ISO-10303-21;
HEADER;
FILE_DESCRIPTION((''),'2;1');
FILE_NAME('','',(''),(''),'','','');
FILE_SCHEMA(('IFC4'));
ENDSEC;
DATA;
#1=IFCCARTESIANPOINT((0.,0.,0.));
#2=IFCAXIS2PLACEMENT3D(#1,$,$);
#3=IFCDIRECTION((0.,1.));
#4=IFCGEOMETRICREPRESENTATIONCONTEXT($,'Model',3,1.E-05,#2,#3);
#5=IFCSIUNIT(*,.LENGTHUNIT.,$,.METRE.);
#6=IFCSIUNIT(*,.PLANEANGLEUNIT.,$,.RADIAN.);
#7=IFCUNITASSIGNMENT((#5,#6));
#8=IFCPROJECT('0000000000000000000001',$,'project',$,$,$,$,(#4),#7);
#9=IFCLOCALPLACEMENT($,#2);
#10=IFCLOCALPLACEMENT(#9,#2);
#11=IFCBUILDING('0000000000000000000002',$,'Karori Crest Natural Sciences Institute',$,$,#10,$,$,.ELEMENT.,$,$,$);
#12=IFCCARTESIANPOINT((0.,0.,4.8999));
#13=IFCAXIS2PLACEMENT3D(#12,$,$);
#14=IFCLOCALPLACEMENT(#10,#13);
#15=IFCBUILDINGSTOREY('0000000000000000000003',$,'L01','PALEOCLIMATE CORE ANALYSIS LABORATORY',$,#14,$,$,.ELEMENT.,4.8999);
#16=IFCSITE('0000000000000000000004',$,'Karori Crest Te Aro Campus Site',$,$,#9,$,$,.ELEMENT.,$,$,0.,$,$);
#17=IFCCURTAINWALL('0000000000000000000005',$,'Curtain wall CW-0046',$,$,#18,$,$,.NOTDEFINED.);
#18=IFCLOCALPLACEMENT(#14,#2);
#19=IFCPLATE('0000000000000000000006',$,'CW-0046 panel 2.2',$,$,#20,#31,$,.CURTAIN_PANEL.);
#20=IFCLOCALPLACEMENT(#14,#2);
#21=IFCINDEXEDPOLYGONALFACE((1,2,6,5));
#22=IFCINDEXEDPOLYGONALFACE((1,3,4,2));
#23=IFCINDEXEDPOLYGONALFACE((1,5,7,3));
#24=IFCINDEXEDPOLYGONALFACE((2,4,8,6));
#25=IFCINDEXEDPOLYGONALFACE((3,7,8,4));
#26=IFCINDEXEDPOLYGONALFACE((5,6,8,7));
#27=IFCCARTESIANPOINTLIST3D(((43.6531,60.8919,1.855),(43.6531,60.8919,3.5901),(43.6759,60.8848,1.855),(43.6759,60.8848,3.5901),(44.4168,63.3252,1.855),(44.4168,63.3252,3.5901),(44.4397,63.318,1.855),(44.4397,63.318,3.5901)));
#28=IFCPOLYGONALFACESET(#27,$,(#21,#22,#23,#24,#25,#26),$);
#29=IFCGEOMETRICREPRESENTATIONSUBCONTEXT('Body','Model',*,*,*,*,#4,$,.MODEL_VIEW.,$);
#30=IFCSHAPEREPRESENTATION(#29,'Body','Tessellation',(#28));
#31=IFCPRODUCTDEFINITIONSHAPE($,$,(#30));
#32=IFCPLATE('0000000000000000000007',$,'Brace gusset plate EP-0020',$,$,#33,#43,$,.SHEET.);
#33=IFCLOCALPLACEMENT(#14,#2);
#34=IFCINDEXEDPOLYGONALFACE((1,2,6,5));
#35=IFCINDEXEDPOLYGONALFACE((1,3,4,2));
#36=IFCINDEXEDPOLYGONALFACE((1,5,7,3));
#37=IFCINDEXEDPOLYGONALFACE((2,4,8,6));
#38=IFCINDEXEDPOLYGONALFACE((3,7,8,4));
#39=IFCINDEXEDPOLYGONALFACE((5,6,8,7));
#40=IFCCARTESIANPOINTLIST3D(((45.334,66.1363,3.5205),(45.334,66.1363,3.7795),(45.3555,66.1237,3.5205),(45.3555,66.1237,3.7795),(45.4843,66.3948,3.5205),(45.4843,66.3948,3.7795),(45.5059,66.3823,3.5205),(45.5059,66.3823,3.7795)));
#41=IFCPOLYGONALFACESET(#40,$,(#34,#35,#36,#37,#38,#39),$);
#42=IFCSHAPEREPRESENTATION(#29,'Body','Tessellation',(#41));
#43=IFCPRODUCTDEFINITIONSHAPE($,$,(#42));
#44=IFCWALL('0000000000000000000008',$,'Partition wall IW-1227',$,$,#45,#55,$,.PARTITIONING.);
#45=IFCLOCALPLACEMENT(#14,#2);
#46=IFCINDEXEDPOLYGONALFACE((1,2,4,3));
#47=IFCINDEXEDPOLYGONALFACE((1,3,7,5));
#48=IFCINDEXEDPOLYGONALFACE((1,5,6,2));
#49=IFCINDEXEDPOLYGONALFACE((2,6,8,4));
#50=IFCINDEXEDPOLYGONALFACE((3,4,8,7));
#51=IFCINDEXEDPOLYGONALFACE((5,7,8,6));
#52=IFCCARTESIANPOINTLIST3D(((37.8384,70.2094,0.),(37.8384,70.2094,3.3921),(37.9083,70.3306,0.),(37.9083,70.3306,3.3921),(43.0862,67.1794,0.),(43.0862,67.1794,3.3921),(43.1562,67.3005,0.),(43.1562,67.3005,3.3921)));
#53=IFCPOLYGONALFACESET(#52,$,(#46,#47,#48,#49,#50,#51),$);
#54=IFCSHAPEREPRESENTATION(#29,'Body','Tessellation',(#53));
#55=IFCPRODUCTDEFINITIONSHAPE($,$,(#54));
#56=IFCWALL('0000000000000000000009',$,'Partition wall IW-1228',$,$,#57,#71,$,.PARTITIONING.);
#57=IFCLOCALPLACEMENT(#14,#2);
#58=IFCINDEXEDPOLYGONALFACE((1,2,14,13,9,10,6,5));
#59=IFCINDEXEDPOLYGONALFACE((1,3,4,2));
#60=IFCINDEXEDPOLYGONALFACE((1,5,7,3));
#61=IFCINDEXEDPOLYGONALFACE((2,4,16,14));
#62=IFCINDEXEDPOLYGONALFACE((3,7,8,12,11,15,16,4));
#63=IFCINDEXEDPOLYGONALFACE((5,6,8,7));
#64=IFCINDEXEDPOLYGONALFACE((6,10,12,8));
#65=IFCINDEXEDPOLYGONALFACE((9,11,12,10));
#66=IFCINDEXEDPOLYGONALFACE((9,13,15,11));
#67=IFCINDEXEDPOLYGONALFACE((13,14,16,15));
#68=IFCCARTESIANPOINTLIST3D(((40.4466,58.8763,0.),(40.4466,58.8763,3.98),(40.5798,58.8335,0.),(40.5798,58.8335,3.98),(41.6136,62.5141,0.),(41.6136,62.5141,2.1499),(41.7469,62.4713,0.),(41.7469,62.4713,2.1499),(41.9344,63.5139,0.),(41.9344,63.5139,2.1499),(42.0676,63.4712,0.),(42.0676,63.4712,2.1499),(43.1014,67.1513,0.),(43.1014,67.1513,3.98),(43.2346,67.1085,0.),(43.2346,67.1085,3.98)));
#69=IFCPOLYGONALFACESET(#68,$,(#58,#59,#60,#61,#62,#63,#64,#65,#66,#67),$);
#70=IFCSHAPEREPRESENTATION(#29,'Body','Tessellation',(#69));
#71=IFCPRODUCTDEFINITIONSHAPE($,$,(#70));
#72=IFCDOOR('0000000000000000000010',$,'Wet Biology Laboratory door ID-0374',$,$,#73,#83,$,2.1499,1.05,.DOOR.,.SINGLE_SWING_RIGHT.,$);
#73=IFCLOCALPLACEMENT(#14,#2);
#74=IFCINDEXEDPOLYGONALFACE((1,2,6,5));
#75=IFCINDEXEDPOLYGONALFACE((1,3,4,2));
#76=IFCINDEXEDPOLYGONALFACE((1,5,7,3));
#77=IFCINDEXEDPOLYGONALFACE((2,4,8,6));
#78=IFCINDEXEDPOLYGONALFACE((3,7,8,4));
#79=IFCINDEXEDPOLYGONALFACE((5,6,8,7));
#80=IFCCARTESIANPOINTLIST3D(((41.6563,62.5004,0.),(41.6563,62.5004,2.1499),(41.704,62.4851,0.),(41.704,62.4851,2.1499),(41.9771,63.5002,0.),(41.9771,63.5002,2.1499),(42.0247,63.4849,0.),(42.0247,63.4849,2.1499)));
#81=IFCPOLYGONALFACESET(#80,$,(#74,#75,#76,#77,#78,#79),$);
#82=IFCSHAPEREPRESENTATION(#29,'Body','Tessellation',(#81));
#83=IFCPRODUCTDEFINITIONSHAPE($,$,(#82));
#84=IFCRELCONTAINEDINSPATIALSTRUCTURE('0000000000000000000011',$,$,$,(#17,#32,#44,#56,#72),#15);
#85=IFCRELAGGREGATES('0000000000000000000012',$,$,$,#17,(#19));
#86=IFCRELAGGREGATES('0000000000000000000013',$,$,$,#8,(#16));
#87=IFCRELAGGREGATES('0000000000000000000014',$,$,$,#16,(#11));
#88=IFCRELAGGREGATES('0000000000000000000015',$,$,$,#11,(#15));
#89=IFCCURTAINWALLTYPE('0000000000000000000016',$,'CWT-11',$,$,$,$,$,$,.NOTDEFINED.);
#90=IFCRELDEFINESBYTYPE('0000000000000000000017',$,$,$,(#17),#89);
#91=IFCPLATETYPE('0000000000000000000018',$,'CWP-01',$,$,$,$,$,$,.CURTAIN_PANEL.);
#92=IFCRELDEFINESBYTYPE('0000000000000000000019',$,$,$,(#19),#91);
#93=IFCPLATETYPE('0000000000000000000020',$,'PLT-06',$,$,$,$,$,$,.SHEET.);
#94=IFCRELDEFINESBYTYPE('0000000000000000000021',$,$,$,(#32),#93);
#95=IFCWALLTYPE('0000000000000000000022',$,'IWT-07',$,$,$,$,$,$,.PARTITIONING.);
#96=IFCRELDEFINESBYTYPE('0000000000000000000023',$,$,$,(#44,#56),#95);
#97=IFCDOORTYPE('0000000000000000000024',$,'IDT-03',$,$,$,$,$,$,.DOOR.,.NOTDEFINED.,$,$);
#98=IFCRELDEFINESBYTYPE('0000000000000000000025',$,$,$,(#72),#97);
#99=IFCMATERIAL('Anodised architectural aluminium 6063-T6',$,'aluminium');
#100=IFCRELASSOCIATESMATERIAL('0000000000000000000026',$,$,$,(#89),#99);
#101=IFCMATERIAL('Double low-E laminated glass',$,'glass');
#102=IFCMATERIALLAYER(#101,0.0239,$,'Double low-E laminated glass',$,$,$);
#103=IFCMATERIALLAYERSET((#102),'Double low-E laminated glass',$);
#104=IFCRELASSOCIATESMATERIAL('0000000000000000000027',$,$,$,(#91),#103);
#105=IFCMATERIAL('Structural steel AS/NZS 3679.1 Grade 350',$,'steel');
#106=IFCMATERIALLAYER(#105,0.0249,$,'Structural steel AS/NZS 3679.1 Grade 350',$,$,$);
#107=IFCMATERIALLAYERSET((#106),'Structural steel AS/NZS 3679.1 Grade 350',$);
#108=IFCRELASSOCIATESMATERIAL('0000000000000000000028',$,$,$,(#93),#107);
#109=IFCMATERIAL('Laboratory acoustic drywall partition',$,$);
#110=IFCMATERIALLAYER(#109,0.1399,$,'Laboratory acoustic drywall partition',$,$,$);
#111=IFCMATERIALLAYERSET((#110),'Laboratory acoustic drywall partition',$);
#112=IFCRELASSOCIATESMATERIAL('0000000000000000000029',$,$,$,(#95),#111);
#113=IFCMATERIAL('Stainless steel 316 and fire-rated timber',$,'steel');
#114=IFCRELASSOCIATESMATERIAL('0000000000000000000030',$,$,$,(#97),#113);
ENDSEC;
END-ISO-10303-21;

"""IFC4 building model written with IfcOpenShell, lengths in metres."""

from ifc_helpers import new_model, si_unit, direction, frame, frame_2d, origin, origin_2d, place, context, subcontext, project, spatial, rectangle, extrude, material, layer, layer_set, type_object, element, fill, aggregate, save


model = new_model("IFC4")

# Units and contexts
model_context = context("Model", 3, precision=1e-05, world=origin(), true_north=direction((0.0, 1.0)))
body_context = subcontext(model_context, "Body", "Model", "MODEL_VIEW")
ifc_project = project(units=[si_unit("LENGTHUNIT", "METRE"), si_unit("PLANEANGLEUNIT", "RADIAN")], contexts=[model_context])

# Site, building, storey
site_placement = place(None, origin())
site = spatial("IfcSite", under=ifc_project, at=site_placement, Name="Karori Crest Te Aro Campus Site", CompositionType="ELEMENT", RefElevation=0.0)
building_placement = place(site_placement, origin())
building = spatial("IfcBuilding", under=site, at=building_placement, Name="Karori Crest Natural Sciences Institute", CompositionType="ELEMENT")
storey_placement = place(building_placement, frame((0.0, 0.0, 4.8999)))
storey = spatial("IfcBuildingStorey", under=building, at=storey_placement, Name="L01", Description="PALEOCLIMATE CORE ANALYSIS LABORATORY", CompositionType="ELEMENT", Elevation=4.8999)

# Shared definitions
ifc_material_1 = material(Name="Structural steel AS/NZS 3679.1 Grade 350", Category="steel")

# Curtain wall, plate
ifc_material_2 = material(Name="Anodised architectural aluminium 6063-T6", Category="aluminium")
curtain_wall_type = type_object("IfcCurtainWallType", Name="CWT-11", PredefinedType="NOTDEFINED", material=ifc_material_2)
curtain_wall_placement = place(storey_placement, origin())
curtain_wall = element("IfcCurtainWall", 1, at=curtain_wall_placement, inside=storey, type_object=curtain_wall_type, Name="Curtain wall CW-0046", PredefinedType="NOTDEFINED")
ifc_material_3 = material(Name="Double low-E laminated glass", Category="glass")
ifc_layer_1 = layer(ifc_material_3, 0.0239, Name="Double low-E laminated glass")
ifc_layer_set_1 = layer_set([ifc_layer_1], Name="Double low-E laminated glass")
plate_type_1 = type_object("IfcPlateType", Name="CWP-01", PredefinedType="CURTAIN_PANEL", material=ifc_layer_set_1)
plate_1_placement = place(storey_placement, frame((44.0464, 62.105, 1.855), z_axis=(0.0, 0.0, 1.0), x_axis=(-0.299477, -0.954104, 0.0)))
plate_1 = element("IfcPlate", 2, at=plate_1_placement, type_object=plate_type_1, Name="CW-0046 panel 2.2", PredefinedType="CURTAIN_PANEL", context=body_context, shape_type="SweptSolid", body=[
    extrude(rectangle(XDim=2.5503, YDim=0.0239, at=origin_2d()), origin(), (0.0, 0.0, 1.0), 1.7351),
])
aggregate(curtain_wall, [plate_1])

# Plate
ifc_layer_2 = layer(ifc_material_1, 0.0249, Name="Structural steel AS/NZS 3679.1 Grade 350")
ifc_layer_set_2 = layer_set([ifc_layer_2], Name="Structural steel AS/NZS 3679.1 Grade 350")
plate_type_2 = type_object("IfcPlateType", Name="PLT-06", PredefinedType="SHEET", material=ifc_layer_set_2)
plate_2_placement = place(storey_placement, frame((45.4199, 66.2593, 3.5205), z_axis=(0.0, 0.0, 1.0), x_axis=(0.502652, 0.864489, 0.0)))
element("IfcPlate", 3, at=plate_2_placement, inside=storey, type_object=plate_type_2, Name="Brace gusset plate EP-0020", PredefinedType="SHEET", context=body_context, shape_type="SweptSolid", body=[
    extrude(rectangle(XDim=0.2991, YDim=0.0249, at=origin_2d()), origin(), (0.0, 0.0, 1.0), 0.259),
])

# Wall
ifc_material_4 = material(Name="Laboratory acoustic drywall partition")
ifc_layer_3 = layer(ifc_material_4, 0.1399, Name="Laboratory acoustic drywall partition")
ifc_layer_set_3 = layer_set([ifc_layer_3], Name="Laboratory acoustic drywall partition")
wall_type = type_object("IfcWallType", Name="IWT-07", PredefinedType="PARTITIONING", material=ifc_layer_set_3)
wall_1_placement = place(storey_placement, frame((43.1211, 67.24, 0.0), z_axis=(0.0, 0.0, 1.0), x_axis=(-0.86601, 0.500026, 0.0)))
element("IfcWall", 4, at=wall_1_placement, inside=storey, type_object=wall_type, Name="Partition wall IW-1227", PredefinedType="PARTITIONING", context=body_context, shape_type="SweptSolid", body=[
    extrude(rectangle(XDim=6.0598, YDim=0.1399, at=frame_2d((3.0298, 0.0))), origin(), (0.0, 0.0, 1.0), 3.3921),
])

# Wall, opening, door
wall_2_placement = place(storey_placement, frame((43.168, 67.1299, 0.0), z_axis=(0.0, 0.0, 1.0), x_axis=(-0.305487, -0.952196, 0.0)))
wall_2 = element("IfcWall", 5, at=wall_2_placement, inside=storey, type_object=wall_type, Name="Partition wall IW-1228", PredefinedType="PARTITIONING", context=body_context, shape_type="SweptSolid", body=[
    extrude(rectangle(XDim=8.6904, YDim=0.1399, at=frame_2d((4.3452, 0.0))), origin(), (0.0, 0.0, 1.0), 3.98),
])
opening_placement = place(wall_2_placement, frame((3.8201, 0.0, 0.0)))
opening = element("IfcOpeningElement", 6, at=opening_placement, cuts=wall_2, PredefinedType="OPENING", context=body_context, shape_type="SweptSolid", body=[
    extrude(rectangle(XDim=1.05, YDim=2.1499, at=frame_2d((0.5249, 1.075))), frame((0.0, 0.0801, 0.0), z_axis=(0.0, -1.0, 0.0), x_axis=(1.0, 0.0, 0.0)), (0.0, 0.0, 1.0), 0.1599),
])
ifc_material_5 = material(Name="Stainless steel 316 and fire-rated timber", Category="steel")
door_type = type_object("IfcDoorType", Name="IDT-03", OperationType="NOTDEFINED", PredefinedType="DOOR", material=ifc_material_5)
door_placement = place(opening_placement, origin())
door = element("IfcDoor", 7, at=door_placement, inside=storey, type_object=door_type, Name="Wet Biology Laboratory door ID-0374", OperationType="SINGLE_SWING_RIGHT", OverallHeight=2.1499, OverallWidth=1.05, PredefinedType="DOOR", context=body_context, shape_type="SweptSolid", body=[
    extrude(rectangle(XDim=1.05, YDim=2.1499, at=frame_2d((0.5249, 1.075))), frame((0.0, 0.0249, 0.0), z_axis=(0.0, -1.0, 0.0), x_axis=(1.0, 0.0, 0.0)), (0.0, 0.0, 1.0), 0.05),
])
fill(opening, door)

save(model, "model.ifc")
